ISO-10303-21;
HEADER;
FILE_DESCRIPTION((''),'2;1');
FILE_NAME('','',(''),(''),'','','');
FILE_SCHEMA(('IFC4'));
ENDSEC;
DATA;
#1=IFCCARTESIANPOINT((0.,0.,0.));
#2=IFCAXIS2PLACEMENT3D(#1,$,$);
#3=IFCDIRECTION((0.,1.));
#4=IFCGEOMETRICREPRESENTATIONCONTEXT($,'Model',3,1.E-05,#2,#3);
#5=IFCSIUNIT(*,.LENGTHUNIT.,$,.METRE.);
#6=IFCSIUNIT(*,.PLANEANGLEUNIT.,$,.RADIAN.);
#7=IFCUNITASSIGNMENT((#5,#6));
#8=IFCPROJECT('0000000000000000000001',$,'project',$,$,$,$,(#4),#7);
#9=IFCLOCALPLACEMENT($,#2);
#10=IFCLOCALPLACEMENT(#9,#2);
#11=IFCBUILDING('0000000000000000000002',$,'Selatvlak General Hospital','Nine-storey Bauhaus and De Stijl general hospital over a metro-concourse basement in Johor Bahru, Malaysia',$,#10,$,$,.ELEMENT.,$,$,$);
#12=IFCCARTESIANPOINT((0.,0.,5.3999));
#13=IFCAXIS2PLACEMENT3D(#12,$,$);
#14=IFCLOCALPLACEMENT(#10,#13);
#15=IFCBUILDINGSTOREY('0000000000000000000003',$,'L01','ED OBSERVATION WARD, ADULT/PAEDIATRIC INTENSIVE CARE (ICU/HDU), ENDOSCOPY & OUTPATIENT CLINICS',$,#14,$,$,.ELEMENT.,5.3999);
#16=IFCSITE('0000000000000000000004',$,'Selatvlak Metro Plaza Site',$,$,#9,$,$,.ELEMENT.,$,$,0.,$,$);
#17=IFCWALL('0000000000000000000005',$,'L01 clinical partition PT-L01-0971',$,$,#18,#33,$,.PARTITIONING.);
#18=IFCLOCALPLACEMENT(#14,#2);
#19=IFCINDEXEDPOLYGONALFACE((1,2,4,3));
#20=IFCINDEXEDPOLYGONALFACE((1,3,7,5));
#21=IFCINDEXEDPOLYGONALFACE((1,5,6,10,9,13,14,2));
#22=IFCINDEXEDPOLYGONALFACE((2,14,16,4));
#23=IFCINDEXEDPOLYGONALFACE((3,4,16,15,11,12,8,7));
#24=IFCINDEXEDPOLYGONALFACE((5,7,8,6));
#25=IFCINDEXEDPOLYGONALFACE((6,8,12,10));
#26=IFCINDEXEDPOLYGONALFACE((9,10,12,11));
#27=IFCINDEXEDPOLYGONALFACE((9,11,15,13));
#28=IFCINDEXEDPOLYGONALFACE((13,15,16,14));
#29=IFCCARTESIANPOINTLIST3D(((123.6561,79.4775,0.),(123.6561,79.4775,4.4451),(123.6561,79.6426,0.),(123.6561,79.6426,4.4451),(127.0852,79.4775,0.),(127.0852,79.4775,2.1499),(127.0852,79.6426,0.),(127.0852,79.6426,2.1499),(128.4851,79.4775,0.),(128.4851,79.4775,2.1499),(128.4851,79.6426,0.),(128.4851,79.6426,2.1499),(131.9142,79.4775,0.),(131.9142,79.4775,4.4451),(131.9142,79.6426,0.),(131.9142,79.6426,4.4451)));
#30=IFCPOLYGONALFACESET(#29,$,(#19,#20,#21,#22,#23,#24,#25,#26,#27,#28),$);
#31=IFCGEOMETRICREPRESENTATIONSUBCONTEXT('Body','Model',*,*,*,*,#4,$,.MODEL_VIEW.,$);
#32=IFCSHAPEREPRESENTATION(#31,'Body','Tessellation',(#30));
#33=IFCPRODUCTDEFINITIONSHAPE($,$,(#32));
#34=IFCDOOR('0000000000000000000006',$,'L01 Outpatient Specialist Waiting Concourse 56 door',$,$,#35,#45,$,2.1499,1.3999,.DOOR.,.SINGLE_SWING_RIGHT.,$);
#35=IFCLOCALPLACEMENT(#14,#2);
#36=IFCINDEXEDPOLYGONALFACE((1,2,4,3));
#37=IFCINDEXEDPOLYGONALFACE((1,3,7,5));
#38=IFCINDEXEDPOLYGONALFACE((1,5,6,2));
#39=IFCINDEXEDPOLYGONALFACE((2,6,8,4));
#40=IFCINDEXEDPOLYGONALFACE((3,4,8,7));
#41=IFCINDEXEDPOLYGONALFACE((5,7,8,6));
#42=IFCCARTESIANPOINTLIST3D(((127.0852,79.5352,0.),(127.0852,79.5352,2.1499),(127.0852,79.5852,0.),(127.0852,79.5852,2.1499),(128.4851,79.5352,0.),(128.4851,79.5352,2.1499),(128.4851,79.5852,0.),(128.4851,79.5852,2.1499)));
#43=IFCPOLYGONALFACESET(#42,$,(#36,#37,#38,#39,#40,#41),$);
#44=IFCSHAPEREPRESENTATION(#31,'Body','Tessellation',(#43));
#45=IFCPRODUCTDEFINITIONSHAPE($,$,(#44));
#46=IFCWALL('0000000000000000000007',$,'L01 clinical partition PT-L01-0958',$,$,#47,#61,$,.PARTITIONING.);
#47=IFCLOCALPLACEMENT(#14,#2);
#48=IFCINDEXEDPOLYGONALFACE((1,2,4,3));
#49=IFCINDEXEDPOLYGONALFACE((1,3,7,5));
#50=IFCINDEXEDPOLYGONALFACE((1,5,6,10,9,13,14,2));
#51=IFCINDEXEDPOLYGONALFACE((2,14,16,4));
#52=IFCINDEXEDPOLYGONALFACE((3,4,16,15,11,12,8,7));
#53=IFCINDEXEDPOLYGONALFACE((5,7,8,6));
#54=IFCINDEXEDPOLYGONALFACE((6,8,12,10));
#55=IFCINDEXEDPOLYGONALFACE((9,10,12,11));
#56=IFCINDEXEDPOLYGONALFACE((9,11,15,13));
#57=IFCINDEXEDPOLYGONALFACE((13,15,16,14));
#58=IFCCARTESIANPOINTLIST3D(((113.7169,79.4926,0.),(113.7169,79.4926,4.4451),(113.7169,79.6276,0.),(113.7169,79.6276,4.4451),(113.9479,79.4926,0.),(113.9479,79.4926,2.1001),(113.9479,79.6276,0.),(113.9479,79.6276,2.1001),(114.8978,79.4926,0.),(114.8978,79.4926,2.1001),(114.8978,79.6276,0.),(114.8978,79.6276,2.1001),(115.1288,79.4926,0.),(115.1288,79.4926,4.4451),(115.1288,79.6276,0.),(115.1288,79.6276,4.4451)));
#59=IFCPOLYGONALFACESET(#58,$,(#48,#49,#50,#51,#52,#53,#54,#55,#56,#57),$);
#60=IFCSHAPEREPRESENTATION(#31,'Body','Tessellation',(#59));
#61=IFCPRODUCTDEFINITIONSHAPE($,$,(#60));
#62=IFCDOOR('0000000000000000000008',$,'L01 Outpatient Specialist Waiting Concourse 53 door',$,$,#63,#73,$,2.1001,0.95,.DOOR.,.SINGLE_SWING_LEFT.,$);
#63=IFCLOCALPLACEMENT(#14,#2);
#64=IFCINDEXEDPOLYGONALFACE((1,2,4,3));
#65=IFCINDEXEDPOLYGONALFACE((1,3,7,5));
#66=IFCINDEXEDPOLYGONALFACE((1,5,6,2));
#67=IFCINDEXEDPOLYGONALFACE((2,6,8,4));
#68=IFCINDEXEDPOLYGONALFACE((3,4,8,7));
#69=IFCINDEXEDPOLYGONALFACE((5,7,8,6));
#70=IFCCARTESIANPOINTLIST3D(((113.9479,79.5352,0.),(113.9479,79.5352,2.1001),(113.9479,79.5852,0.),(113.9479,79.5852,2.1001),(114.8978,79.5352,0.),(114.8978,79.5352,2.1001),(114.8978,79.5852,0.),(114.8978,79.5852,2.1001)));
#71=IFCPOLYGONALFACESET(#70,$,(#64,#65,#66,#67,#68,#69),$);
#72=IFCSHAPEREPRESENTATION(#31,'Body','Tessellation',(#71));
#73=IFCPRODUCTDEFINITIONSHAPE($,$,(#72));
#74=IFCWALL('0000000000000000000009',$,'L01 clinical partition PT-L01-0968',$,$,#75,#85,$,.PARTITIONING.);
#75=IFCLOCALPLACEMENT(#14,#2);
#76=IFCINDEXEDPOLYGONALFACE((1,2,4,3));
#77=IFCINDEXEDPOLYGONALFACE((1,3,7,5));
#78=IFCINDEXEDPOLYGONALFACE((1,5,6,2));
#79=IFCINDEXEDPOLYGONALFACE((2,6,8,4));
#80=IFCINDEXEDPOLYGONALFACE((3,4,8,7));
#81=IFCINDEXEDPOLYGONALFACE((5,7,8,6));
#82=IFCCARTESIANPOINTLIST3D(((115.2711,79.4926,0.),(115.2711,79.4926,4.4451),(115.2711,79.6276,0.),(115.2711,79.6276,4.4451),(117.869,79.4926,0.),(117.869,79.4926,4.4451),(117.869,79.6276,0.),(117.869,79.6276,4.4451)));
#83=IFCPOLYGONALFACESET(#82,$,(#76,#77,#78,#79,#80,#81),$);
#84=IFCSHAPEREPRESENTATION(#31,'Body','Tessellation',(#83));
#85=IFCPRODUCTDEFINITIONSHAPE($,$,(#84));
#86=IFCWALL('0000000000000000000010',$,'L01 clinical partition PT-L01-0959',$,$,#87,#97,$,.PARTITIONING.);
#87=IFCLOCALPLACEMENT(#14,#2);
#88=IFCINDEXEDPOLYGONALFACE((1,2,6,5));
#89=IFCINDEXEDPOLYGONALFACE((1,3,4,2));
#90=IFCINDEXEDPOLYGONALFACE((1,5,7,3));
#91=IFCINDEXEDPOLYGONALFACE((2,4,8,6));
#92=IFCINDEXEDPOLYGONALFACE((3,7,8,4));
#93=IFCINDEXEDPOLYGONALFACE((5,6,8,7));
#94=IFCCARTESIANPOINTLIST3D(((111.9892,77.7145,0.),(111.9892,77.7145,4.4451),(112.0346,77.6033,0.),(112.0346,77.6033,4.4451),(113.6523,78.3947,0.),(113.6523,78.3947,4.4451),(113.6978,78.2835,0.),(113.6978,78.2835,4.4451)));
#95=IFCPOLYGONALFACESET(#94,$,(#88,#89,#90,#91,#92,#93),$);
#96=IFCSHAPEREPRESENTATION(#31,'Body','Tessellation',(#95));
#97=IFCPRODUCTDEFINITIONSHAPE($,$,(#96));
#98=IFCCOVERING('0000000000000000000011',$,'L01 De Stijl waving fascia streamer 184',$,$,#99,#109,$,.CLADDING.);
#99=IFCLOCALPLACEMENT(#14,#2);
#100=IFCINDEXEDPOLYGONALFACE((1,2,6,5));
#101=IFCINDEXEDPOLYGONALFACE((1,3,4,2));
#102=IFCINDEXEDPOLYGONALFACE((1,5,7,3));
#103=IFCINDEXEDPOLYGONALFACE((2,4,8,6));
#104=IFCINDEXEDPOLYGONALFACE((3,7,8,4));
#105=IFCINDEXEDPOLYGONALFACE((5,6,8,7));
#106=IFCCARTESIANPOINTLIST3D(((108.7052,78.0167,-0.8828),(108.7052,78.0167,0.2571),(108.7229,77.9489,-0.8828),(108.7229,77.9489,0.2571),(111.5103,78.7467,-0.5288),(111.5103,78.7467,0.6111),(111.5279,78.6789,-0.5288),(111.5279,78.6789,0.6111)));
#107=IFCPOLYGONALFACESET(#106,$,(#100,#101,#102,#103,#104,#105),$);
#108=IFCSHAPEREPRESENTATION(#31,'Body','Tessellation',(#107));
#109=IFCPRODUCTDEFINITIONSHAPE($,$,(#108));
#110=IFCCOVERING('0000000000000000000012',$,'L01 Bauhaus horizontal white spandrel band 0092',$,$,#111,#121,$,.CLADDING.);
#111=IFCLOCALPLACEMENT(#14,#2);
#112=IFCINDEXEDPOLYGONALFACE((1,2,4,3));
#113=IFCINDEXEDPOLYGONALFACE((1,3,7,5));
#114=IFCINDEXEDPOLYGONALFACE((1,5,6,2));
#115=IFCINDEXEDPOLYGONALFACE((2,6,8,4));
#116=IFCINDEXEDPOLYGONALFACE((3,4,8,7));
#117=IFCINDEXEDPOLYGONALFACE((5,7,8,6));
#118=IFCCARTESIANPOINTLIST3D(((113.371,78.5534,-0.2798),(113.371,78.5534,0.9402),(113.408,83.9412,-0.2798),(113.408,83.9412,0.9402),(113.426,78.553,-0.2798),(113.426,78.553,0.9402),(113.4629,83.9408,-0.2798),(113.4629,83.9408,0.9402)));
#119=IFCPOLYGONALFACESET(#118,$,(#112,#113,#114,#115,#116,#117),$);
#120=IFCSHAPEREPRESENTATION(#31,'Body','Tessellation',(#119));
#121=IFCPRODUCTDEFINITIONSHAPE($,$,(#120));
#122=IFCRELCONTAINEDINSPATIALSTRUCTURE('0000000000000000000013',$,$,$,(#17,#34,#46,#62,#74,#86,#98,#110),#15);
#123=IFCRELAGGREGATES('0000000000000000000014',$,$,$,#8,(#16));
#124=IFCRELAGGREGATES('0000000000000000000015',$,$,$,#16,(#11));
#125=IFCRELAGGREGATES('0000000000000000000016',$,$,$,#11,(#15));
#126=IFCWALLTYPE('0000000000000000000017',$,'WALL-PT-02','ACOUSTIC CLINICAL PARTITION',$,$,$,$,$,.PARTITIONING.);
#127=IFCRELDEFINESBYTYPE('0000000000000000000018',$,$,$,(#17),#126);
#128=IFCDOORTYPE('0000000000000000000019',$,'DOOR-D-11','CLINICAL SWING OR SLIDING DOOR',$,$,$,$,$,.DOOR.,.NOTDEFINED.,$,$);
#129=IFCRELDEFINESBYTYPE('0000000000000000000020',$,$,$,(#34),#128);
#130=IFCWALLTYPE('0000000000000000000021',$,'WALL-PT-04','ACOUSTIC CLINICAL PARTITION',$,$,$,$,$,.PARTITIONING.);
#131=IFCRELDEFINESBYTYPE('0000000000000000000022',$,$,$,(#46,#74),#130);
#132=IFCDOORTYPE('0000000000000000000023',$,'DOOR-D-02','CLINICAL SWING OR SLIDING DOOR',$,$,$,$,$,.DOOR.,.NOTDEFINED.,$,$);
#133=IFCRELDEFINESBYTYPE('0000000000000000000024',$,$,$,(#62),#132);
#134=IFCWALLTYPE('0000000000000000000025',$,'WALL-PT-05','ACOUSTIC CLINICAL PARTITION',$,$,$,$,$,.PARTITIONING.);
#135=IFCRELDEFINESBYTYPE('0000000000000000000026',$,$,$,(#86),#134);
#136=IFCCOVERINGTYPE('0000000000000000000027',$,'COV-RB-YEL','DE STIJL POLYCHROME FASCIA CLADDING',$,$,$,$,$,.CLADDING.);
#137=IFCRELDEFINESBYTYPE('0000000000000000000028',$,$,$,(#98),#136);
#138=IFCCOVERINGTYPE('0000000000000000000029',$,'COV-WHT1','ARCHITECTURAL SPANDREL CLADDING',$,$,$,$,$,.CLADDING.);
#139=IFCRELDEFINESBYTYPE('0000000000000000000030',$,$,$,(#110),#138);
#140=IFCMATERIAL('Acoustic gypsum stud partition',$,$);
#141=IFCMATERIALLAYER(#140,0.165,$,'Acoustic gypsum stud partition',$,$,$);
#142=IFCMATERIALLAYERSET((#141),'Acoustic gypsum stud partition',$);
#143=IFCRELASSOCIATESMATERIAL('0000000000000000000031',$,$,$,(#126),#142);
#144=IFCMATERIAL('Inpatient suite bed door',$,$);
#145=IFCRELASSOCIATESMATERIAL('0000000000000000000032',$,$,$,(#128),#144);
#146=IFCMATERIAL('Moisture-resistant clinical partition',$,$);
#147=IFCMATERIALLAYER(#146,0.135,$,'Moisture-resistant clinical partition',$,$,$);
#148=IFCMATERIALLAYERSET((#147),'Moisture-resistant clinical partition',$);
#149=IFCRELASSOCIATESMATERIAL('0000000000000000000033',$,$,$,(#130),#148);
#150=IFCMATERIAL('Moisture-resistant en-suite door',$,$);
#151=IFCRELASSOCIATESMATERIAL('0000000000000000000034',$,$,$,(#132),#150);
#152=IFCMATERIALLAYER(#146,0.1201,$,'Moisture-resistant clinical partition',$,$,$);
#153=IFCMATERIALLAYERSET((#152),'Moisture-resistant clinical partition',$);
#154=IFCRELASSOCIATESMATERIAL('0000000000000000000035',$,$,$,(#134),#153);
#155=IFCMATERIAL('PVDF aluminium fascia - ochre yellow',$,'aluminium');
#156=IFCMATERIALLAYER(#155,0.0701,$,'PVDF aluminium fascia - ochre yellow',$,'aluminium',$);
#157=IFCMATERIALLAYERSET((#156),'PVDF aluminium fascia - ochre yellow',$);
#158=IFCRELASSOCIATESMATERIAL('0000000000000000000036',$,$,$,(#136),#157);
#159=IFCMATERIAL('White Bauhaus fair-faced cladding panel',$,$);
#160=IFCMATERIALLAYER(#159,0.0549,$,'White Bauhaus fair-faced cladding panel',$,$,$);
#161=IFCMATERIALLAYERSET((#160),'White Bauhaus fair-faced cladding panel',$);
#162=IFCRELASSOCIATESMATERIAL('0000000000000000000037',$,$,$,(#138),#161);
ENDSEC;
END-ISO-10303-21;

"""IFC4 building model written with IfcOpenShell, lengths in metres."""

from ifc_helpers import new_model, si_unit, direction, frame, frame_2d, origin, origin_2d, place, context, subcontext, project, spatial, polyline, rectangle, outline, extrude, material, layer, layer_set, type_object, element, fill, save


model = new_model("IFC4")

# Units and contexts
model_context = context("Model", 3, precision=1e-05, world=origin(), true_north=direction((0.0, 1.0)))
body_context = subcontext(model_context, "Body", "Model", "MODEL_VIEW")
ifc_project = project(units=[si_unit("LENGTHUNIT", "METRE"), si_unit("PLANEANGLEUNIT", "RADIAN")], contexts=[model_context])

# Site, building, storey
site_placement = place(None, origin())
site = spatial("IfcSite", under=ifc_project, at=site_placement, Name="Selatvlak Metro Plaza Site", CompositionType="ELEMENT", RefElevation=0.0)
building_placement = place(site_placement, origin())
building = spatial("IfcBuilding", under=site, at=building_placement, Name="Selatvlak General Hospital", Description="Nine-storey Bauhaus and De Stijl general hospital over a metro-concourse basement in Johor Bahru, Malaysia", CompositionType="ELEMENT")
storey_placement = place(building_placement, frame((0.0, 0.0, 5.3999)))
storey = spatial("IfcBuildingStorey", under=building, at=storey_placement, Name="L01", Description="ED OBSERVATION WARD, ADULT/PAEDIATRIC INTENSIVE CARE (ICU/HDU), ENDOSCOPY & OUTPATIENT CLINICS", CompositionType="ELEMENT", Elevation=5.3999)

# Shared definitions
ifc_material_1 = material(Name="Acoustic gypsum stud partition")
ifc_layer_1 = layer(ifc_material_1, 0.165, Name="Acoustic gypsum stud partition")
ifc_layer_set_1 = layer_set([ifc_layer_1], Name="Acoustic gypsum stud partition")
wall_type_1 = type_object("IfcWallType", Name="WALL-PT-02", Description="ACOUSTIC CLINICAL PARTITION", PredefinedType="PARTITIONING", material=ifc_layer_set_1)

# Walls, openings, doors
wall_1_placement = place(storey_placement, frame((131.9141, 79.5601, 0.0), z_axis=(0.0, 0.0, 1.0), x_axis=(-1.0, 0.0, 0.0)))
wall_1 = element("IfcWall", 1, at=wall_1_placement, inside=storey, type_object=wall_type_1, Name="L01 clinical partition PT-L01-0971", PredefinedType="PARTITIONING", context=body_context, shape_type="SweptSolid", body=[
    extrude(rectangle(XDim=8.2581, YDim=0.165, at=frame_2d((4.1289, 0.0))), origin(), (0.0, 0.0, 1.0), 4.4451),
])
opening_1_placement = place(wall_1_placement, frame((3.429, 0.0, 0.0)))
opening_1 = element("IfcOpeningElement", 2, at=opening_1_placement, cuts=wall_1, PredefinedType="OPENING", context=body_context, shape_type="SweptSolid", body=[
    extrude(rectangle(XDim=1.3999, YDim=2.1499, at=frame_2d((0.7, 1.075))), frame((0.0, 0.0925, 0.0), z_axis=(0.0, -1.0, 0.0), x_axis=(1.0, 0.0, 0.0)), (0.0, 0.0, 1.0), 0.1851),
])
ifc_material_2 = material(Name="Inpatient suite bed door")
door_type_1 = type_object("IfcDoorType", Name="DOOR-D-11", Description="CLINICAL SWING OR SLIDING DOOR", OperationType="NOTDEFINED", PredefinedType="DOOR", material=ifc_material_2)
door_1_placement = place(opening_1_placement, origin())
door_1 = element("IfcDoor", 3, at=door_1_placement, inside=storey, type_object=door_type_1, Name="L01 Outpatient Specialist Waiting Concourse 56 door", OperationType="SINGLE_SWING_RIGHT", OverallHeight=2.1499, OverallWidth=1.3999, PredefinedType="DOOR", context=body_context, shape_type="SweptSolid", body=[
    extrude(rectangle(XDim=1.3999, YDim=2.1499, at=frame_2d((0.7, 1.075))), frame((0.0, 0.0249, 0.0), z_axis=(0.0, -1.0, 0.0), x_axis=(1.0, 0.0, 0.0)), (0.0, 0.0, 1.0), 0.05),
])
fill(opening_1, door_1)
ifc_material_3 = material(Name="Moisture-resistant clinical partition")
ifc_layer_2 = layer(ifc_material_3, 0.135, Name="Moisture-resistant clinical partition")
ifc_layer_set_2 = layer_set([ifc_layer_2], Name="Moisture-resistant clinical partition")
wall_type_2 = type_object("IfcWallType", Name="WALL-PT-04", Description="ACOUSTIC CLINICAL PARTITION", PredefinedType="PARTITIONING", material=ifc_layer_set_2)
wall_2_placement = place(storey_placement, frame((115.1289, 79.5601, 0.0), z_axis=(0.0, 0.0, 1.0), x_axis=(-1.0, 0.0, 0.0)))
wall_2 = element("IfcWall", 4, at=wall_2_placement, inside=storey, type_object=wall_type_2, Name="L01 clinical partition PT-L01-0958", PredefinedType="PARTITIONING", context=body_context, shape_type="SweptSolid", body=[
    extrude(rectangle(XDim=1.4119, YDim=0.135, at=frame_2d((0.7061, 0.0))), origin(), (0.0, 0.0, 1.0), 4.4451),
])
opening_2_placement = place(wall_2_placement, frame((0.231, 0.0, 0.0)))
opening_2 = element("IfcOpeningElement", 5, at=opening_2_placement, cuts=wall_2, PredefinedType="OPENING", context=body_context, shape_type="SweptSolid", body=[
    extrude(rectangle(XDim=0.95, YDim=2.1001, at=frame_2d((0.4751, 1.05))), frame((0.0, 0.0774, 0.0), z_axis=(0.0, -1.0, 0.0), x_axis=(1.0, 0.0, 0.0)), (0.0, 0.0, 1.0), 0.155),
])
ifc_material_4 = material(Name="Moisture-resistant en-suite door")
door_type_2 = type_object("IfcDoorType", Name="DOOR-D-02", Description="CLINICAL SWING OR SLIDING DOOR", OperationType="NOTDEFINED", PredefinedType="DOOR", material=ifc_material_4)
door_2_placement = place(opening_2_placement, origin())
door_2 = element("IfcDoor", 6, at=door_2_placement, inside=storey, type_object=door_type_2, Name="L01 Outpatient Specialist Waiting Concourse 53 door", OperationType="SINGLE_SWING_LEFT", OverallHeight=2.1001, OverallWidth=0.95, PredefinedType="DOOR", context=body_context, shape_type="SweptSolid", body=[
    extrude(rectangle(XDim=0.95, YDim=2.1001, at=frame_2d((0.4751, 1.05))), frame((0.0, 0.0249, 0.0), z_axis=(0.0, -1.0, 0.0), x_axis=(1.0, 0.0, 0.0)), (0.0, 0.0, 1.0), 0.05),
])
fill(opening_2, door_2)

# Walls
wall_3_placement = place(storey_placement, frame((117.8689, 79.5601, 0.0), z_axis=(0.0, 0.0, 1.0), x_axis=(-1.0, 0.0, 0.0)))
element("IfcWall", 7, at=wall_3_placement, inside=storey, type_object=wall_type_2, Name="L01 clinical partition PT-L01-0968", PredefinedType="PARTITIONING", context=body_context, shape_type="SweptSolid", body=[
    extrude(rectangle(XDim=2.5979, YDim=0.135, at=frame_2d((1.2988, 0.0))), origin(), (0.0, 0.0, 1.0), 4.4451),
])
ifc_layer_3 = layer(ifc_material_3, 0.1201, Name="Moisture-resistant clinical partition")
ifc_layer_set_3 = layer_set([ifc_layer_3], Name="Moisture-resistant clinical partition")
wall_type_3 = type_object("IfcWallType", Name="WALL-PT-05", Description="ACOUSTIC CLINICAL PARTITION", PredefinedType="PARTITIONING", material=ifc_layer_set_3)
wall_4_placement = place(storey_placement, frame((113.675, 78.3391, 0.0), z_axis=(0.0, 0.0, 1.0), x_axis=(-0.925582, -0.378548, 0.0)))
element("IfcWall", 8, at=wall_4_placement, inside=storey, type_object=wall_type_3, Name="L01 clinical partition PT-L01-0959", PredefinedType="PARTITIONING", context=body_context, shape_type="SweptSolid", body=[
    extrude(rectangle(XDim=1.7969, YDim=0.1201, at=frame_2d((0.8984, 0.0))), origin(), (0.0, 0.0, 1.0), 4.4451),
])

# Coverings
ifc_material_5 = material(Name="PVDF aluminium fascia - ochre yellow", Category="aluminium")
ifc_layer_4 = layer(ifc_material_5, 0.0701, Name="PVDF aluminium fascia - ochre yellow", Category="aluminium")
ifc_layer_set_4 = layer_set([ifc_layer_4], Name="PVDF aluminium fascia - ochre yellow")
covering_type_1 = type_object("IfcCoveringType", Name="COV-RB-YEL", Description="DE STIJL POLYCHROME FASCIA CLADDING", PredefinedType="CLADDING", material=ifc_layer_set_4)
covering_1_placement = place(storey_placement, frame((111.519, 78.7129, -0.5288), z_axis=(0.0, 0.0, 1.0), x_axis=(-0.967764, -0.251859, 0.0)))
element("IfcCovering", 9, at=covering_1_placement, inside=storey, type_object=covering_type_1, Name="L01 De Stijl waving fascia streamer 184", PredefinedType="CLADDING", context=body_context, shape_type="SweptSolid", body=[
    extrude(outline(polyline([(0.0, 0.0), (2.8984, -0.354), (2.8984, 0.7859), (0.0, 1.1399), (0.0, 0.0)])), frame((0.0, 0.0352, 0.0), z_axis=(0.0, -1.0, 0.0), x_axis=(1.0, 0.0, 0.0)), (0.0, 0.0, 1.0), 0.0701),
])
ifc_material_6 = material(Name="White Bauhaus fair-faced cladding panel")
ifc_layer_5 = layer(ifc_material_6, 0.0549, Name="White Bauhaus fair-faced cladding panel")
ifc_layer_set_5 = layer_set([ifc_layer_5], Name="White Bauhaus fair-faced cladding panel")
covering_type_2 = type_object("IfcCoveringType", Name="COV-WHT1", Description="ARCHITECTURAL SPANDREL CLADDING", PredefinedType="CLADDING", material=ifc_layer_set_5)
covering_2_placement = place(storey_placement, frame((113.417, 81.2471, -0.2798), z_axis=(0.0, 0.0, 1.0), x_axis=(0.006859, 0.999976, 0.0)))
element("IfcCovering", 10, at=covering_2_placement, inside=storey, type_object=covering_type_2, Name="L01 Bauhaus horizontal white spandrel band 0092", PredefinedType="CLADDING", context=body_context, shape_type="SweptSolid", body=[
    extrude(rectangle(XDim=5.3879, YDim=0.0549, at=origin_2d()), origin(), (0.0, 0.0, 1.0), 1.22),
])

save(model, "model.ifc")
